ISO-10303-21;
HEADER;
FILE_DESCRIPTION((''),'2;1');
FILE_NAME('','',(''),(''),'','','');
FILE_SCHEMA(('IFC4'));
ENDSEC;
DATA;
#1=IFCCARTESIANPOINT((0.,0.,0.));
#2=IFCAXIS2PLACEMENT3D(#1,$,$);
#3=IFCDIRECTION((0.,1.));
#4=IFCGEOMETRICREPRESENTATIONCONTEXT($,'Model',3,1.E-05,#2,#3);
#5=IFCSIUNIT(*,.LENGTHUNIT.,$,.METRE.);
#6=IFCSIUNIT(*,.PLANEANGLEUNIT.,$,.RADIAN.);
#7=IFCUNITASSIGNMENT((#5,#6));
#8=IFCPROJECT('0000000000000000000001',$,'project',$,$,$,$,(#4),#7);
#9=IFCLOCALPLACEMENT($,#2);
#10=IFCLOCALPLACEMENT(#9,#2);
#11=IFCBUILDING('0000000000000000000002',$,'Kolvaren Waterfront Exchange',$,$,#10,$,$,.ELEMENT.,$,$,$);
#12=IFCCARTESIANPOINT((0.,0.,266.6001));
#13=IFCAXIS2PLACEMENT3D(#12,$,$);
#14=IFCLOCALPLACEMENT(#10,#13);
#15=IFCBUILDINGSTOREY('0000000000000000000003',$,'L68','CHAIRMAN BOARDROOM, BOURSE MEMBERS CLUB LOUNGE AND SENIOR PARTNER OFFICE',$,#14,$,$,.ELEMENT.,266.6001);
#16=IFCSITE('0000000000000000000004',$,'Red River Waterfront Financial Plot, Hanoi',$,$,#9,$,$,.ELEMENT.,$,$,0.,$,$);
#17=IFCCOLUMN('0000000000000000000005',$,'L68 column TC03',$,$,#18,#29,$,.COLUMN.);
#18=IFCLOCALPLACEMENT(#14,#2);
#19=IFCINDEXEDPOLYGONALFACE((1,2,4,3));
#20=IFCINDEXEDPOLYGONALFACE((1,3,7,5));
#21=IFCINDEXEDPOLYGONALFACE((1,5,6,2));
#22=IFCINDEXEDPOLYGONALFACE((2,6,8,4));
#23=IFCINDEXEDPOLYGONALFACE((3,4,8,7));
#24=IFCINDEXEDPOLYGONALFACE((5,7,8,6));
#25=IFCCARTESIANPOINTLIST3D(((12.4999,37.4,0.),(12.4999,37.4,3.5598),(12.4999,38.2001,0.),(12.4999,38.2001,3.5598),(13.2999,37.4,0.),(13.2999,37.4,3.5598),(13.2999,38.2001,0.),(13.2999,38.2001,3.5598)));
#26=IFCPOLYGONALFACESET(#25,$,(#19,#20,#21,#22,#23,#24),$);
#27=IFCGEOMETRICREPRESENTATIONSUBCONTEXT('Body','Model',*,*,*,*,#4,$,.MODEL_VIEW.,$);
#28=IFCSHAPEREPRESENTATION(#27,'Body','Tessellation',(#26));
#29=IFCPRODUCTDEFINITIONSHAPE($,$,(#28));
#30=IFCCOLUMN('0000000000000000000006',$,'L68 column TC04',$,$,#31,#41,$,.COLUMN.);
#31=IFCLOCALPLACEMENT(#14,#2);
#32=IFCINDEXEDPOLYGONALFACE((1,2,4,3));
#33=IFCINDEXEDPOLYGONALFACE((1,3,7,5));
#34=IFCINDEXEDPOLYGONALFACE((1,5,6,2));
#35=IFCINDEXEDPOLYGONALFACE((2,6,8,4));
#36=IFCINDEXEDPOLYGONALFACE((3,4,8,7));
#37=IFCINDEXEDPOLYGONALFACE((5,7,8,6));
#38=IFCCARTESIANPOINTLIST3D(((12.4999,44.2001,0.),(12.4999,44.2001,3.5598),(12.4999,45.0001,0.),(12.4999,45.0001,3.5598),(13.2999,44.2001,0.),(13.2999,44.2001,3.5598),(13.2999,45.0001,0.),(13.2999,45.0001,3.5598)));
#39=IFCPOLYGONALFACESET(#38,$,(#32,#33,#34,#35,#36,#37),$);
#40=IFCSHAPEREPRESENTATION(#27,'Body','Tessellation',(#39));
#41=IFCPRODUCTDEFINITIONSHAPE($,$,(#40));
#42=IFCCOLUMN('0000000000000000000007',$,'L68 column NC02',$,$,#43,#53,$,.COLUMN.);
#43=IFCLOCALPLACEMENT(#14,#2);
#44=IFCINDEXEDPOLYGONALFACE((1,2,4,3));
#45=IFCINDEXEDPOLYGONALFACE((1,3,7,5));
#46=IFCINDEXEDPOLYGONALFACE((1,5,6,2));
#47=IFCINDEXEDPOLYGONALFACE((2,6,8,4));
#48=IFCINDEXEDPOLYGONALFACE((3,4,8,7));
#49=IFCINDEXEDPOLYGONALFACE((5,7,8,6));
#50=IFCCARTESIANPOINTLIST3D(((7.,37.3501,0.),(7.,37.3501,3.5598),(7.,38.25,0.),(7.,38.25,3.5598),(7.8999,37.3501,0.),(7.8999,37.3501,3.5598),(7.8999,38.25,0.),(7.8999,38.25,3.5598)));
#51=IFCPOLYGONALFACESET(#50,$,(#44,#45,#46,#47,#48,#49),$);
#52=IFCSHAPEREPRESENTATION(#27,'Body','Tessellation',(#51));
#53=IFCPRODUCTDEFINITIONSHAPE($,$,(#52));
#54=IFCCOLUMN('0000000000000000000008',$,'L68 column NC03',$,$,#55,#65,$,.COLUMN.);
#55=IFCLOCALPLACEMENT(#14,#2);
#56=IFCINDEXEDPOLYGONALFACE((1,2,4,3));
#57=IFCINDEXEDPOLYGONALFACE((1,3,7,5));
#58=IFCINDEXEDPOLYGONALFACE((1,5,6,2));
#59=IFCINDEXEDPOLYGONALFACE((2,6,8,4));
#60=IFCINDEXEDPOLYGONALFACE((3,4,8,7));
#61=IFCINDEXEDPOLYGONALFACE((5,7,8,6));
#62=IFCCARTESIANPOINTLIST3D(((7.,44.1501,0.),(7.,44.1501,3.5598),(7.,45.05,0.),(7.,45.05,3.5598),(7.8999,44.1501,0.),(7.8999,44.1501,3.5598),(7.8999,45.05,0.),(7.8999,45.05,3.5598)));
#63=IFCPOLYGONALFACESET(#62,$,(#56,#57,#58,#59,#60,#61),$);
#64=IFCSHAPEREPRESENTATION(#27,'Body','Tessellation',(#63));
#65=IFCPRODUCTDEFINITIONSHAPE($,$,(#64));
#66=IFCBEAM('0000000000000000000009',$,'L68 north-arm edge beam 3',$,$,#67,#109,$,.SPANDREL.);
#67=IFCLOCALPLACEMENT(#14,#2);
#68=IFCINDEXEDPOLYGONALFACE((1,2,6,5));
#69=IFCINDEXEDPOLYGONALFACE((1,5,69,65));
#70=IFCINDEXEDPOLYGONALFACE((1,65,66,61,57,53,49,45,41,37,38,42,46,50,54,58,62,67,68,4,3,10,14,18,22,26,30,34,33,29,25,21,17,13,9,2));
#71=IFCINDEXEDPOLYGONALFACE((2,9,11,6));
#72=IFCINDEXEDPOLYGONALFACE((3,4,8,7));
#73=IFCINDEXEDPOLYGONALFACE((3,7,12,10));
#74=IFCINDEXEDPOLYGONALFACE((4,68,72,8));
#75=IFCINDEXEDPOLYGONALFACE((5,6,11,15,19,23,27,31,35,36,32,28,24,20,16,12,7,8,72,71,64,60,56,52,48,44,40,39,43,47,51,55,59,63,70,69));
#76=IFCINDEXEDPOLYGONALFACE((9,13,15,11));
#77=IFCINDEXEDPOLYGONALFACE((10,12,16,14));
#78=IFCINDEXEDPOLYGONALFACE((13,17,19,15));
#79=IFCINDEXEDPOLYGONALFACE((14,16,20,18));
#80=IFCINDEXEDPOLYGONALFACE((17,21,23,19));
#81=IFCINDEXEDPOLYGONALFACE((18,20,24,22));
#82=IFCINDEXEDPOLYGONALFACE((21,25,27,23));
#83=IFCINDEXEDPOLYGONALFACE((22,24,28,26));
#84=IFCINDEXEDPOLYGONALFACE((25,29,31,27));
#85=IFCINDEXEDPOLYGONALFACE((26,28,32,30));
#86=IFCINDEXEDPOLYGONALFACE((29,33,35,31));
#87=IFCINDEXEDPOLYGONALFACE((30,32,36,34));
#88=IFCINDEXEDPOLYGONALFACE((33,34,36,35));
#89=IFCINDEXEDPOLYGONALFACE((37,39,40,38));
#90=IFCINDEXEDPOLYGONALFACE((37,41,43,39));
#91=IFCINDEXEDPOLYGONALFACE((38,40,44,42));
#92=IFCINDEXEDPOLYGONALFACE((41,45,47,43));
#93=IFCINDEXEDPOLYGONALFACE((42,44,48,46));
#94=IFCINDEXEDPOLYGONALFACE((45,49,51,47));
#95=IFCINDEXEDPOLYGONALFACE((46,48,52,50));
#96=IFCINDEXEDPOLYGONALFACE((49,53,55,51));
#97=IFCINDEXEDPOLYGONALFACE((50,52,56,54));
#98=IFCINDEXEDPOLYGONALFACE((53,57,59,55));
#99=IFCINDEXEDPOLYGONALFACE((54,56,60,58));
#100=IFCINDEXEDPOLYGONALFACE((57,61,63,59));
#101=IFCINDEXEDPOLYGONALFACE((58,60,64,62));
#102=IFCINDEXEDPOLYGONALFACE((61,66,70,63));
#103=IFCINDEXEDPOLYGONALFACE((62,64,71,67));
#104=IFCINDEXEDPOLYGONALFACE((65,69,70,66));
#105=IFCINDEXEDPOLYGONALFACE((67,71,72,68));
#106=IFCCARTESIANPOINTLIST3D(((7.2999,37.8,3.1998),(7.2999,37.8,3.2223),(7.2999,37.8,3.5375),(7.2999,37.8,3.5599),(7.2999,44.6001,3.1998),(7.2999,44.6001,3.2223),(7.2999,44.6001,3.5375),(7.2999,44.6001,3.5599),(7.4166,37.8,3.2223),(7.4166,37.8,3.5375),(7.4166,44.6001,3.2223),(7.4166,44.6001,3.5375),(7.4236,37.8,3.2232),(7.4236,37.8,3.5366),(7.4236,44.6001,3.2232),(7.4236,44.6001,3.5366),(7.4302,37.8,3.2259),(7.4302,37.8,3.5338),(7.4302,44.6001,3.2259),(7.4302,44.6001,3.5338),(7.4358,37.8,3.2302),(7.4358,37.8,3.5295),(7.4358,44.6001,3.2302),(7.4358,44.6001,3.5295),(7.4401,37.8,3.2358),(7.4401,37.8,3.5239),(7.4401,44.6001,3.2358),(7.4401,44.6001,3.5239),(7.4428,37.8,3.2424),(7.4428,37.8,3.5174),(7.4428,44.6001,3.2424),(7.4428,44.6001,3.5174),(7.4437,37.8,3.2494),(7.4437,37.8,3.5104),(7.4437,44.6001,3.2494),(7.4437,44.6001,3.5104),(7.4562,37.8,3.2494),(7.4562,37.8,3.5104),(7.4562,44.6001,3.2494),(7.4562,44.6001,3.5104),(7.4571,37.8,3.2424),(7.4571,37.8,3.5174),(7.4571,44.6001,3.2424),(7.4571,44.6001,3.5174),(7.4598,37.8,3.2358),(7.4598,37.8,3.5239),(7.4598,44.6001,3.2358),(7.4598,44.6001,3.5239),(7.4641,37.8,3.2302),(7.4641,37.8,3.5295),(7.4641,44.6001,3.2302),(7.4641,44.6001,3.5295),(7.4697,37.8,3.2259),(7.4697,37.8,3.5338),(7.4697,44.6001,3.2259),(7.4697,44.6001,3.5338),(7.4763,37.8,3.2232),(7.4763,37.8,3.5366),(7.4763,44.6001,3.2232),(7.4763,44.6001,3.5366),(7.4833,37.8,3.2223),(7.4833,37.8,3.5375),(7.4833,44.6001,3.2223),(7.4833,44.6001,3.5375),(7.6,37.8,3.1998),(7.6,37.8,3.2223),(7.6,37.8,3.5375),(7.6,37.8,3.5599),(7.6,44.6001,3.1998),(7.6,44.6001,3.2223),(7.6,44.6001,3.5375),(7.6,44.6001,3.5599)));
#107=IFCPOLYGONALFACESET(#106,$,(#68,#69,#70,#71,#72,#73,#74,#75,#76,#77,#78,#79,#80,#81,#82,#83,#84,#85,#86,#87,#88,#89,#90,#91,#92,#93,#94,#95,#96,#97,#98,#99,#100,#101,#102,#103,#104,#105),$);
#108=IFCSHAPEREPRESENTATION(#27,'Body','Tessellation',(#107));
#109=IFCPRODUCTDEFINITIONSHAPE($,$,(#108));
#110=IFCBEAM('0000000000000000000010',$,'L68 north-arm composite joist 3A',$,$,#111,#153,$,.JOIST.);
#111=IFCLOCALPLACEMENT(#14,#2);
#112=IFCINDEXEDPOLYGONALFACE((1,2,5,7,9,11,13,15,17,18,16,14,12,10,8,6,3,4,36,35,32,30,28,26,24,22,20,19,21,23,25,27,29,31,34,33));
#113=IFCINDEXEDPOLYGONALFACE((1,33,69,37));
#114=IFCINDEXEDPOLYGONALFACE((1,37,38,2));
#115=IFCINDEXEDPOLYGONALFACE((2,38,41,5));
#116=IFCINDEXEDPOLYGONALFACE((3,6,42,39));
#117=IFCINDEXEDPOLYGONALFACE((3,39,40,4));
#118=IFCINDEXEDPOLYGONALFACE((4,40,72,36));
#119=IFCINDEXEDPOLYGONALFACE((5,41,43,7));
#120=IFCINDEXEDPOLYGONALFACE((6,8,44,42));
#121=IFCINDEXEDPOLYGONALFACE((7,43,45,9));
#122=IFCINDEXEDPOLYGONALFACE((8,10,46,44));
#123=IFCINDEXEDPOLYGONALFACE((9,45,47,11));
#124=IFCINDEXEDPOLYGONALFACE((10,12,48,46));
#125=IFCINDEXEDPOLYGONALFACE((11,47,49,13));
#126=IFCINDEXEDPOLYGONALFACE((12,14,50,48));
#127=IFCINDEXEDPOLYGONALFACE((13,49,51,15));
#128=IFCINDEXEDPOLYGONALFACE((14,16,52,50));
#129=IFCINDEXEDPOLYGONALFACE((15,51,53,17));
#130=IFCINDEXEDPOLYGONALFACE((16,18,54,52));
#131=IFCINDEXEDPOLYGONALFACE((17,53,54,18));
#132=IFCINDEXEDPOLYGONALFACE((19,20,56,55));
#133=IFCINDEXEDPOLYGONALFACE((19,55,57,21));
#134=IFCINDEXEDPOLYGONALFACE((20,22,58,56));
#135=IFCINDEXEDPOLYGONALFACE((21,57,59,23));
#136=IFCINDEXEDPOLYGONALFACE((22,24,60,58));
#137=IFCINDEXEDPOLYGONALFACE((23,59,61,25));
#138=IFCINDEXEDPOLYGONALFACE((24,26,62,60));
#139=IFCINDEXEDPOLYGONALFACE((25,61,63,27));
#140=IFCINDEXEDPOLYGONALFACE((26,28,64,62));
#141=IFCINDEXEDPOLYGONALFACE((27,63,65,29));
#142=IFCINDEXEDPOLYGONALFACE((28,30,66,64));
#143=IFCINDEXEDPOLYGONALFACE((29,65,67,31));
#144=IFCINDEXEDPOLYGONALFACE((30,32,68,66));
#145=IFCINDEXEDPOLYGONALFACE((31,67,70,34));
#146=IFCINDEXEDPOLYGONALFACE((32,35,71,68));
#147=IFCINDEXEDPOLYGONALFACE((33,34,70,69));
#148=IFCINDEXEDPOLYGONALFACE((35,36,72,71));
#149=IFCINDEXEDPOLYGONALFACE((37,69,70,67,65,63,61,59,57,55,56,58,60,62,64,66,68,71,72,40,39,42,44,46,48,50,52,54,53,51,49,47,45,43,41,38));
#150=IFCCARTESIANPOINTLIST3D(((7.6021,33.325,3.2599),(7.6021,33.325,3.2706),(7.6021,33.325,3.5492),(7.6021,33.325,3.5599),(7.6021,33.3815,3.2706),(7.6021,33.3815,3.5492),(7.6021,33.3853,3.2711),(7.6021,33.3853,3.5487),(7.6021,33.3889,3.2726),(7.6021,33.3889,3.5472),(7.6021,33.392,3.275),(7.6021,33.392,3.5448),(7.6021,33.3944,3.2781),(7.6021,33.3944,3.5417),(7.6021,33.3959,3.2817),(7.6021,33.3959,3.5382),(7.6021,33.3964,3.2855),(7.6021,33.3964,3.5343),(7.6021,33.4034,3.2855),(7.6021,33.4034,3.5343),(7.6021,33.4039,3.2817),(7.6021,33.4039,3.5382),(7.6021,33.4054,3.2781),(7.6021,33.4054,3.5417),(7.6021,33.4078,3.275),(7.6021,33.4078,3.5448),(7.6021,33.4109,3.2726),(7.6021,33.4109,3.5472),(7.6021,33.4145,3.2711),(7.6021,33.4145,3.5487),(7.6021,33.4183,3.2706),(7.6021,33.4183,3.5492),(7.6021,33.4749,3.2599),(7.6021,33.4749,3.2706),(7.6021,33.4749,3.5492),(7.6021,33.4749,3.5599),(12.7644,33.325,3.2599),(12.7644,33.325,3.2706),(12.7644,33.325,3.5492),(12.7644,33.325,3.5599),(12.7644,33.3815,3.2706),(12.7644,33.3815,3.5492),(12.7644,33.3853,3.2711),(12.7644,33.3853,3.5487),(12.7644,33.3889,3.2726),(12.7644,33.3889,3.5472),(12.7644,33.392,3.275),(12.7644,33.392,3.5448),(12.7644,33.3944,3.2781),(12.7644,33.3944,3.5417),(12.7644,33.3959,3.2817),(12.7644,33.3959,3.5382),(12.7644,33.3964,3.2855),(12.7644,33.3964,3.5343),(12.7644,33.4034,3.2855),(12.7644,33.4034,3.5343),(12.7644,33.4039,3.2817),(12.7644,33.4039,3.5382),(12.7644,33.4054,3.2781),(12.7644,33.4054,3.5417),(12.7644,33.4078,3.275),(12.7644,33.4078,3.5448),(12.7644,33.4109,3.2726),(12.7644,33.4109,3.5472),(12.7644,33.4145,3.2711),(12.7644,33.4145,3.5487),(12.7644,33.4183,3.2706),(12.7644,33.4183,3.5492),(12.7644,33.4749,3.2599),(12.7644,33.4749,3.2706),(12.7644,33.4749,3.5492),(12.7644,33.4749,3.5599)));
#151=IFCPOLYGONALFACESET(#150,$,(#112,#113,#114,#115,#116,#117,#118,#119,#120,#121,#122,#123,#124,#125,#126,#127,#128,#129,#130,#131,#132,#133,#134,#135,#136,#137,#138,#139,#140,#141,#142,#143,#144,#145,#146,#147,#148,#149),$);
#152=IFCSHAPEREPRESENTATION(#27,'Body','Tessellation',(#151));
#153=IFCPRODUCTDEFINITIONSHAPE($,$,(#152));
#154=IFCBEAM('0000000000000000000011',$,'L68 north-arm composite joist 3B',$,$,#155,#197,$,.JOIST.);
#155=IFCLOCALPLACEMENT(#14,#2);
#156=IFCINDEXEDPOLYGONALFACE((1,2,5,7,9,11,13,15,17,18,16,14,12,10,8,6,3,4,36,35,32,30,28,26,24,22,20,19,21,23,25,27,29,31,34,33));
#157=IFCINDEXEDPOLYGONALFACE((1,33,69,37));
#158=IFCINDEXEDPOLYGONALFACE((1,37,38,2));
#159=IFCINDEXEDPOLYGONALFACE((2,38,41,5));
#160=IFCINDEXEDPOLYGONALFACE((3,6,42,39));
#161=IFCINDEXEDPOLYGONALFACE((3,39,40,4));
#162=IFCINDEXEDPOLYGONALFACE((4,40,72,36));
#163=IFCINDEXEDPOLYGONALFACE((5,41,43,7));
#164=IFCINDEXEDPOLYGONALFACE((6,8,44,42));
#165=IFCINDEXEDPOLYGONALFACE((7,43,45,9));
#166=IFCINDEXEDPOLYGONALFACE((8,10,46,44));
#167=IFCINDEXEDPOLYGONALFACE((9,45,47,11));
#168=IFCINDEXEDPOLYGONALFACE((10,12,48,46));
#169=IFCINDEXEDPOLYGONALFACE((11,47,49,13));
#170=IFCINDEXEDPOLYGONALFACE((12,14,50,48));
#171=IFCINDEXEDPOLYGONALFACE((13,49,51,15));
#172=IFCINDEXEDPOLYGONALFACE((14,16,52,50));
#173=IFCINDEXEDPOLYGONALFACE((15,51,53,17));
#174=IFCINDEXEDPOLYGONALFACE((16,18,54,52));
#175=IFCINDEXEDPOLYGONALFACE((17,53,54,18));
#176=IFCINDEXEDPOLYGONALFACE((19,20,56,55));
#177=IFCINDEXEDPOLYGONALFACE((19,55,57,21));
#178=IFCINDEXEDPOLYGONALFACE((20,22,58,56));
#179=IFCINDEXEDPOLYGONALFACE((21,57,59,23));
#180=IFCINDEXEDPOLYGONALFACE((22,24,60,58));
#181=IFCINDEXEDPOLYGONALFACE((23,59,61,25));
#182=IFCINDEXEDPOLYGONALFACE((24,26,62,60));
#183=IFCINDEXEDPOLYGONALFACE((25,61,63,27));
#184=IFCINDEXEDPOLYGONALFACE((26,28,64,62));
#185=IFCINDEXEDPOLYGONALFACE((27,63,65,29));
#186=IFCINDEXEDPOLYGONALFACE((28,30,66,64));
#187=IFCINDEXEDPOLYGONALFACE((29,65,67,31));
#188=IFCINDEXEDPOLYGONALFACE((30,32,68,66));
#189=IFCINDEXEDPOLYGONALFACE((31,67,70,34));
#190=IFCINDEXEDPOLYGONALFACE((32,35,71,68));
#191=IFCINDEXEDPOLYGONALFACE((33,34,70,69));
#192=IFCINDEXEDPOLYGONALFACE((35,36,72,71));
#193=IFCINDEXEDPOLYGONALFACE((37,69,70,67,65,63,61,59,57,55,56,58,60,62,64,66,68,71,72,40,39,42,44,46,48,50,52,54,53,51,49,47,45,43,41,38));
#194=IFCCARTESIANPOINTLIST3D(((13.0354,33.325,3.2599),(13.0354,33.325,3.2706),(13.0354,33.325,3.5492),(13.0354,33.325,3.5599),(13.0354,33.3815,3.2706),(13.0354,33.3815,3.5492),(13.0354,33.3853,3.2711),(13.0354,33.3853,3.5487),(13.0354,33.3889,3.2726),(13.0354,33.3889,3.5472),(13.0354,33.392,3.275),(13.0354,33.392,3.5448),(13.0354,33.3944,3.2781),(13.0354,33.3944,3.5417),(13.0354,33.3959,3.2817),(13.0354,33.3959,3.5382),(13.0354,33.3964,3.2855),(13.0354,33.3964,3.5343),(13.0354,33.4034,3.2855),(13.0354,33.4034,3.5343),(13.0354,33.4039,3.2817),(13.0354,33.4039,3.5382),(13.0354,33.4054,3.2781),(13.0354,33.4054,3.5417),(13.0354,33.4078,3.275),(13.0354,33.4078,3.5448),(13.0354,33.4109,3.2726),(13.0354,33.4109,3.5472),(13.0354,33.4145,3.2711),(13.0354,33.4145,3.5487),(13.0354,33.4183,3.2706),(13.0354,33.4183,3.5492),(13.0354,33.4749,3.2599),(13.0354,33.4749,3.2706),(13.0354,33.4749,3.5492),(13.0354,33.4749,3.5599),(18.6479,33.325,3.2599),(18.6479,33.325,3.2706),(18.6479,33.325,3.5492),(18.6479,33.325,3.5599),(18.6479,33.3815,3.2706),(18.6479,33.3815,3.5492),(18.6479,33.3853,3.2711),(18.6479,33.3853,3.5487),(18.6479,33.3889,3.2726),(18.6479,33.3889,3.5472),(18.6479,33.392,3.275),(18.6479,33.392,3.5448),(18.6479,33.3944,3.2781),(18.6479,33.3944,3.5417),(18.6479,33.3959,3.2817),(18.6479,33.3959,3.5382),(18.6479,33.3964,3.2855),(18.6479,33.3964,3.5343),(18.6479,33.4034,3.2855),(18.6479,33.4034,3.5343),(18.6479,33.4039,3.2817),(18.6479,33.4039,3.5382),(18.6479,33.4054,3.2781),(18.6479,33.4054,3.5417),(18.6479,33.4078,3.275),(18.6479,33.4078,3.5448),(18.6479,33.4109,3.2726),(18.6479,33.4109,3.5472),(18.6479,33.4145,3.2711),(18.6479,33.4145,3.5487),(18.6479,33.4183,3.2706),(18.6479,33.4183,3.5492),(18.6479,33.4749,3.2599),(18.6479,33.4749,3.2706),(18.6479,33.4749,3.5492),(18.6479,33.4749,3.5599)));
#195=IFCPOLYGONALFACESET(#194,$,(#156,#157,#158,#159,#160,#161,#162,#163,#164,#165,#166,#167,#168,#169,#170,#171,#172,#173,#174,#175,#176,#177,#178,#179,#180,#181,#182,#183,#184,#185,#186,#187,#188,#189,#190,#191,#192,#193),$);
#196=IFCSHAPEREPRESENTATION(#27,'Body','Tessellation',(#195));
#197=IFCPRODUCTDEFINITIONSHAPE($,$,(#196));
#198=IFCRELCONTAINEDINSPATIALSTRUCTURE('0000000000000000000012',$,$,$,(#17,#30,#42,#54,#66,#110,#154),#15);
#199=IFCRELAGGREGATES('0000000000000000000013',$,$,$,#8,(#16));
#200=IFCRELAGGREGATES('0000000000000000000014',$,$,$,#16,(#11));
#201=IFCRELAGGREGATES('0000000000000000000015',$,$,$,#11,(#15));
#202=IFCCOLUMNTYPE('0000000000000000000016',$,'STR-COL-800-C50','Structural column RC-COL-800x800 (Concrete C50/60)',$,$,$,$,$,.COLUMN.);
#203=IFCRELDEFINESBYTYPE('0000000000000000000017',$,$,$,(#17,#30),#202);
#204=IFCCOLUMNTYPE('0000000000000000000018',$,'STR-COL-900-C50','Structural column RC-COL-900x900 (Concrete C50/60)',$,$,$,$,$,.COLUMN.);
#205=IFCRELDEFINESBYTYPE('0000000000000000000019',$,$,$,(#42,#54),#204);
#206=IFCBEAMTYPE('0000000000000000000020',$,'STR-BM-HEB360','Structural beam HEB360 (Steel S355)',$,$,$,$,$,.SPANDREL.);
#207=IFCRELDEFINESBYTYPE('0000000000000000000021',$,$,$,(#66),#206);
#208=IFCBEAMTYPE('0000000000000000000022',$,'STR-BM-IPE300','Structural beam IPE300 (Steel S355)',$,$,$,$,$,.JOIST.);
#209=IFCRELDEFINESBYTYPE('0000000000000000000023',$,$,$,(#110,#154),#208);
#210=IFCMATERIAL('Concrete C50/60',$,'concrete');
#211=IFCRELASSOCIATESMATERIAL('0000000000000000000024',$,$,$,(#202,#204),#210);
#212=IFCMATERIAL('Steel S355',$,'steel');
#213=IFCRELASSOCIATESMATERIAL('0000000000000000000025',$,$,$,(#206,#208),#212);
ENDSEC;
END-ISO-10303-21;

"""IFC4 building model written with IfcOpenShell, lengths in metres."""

from ifc_helpers import new_model, si_unit, direction, frame, origin, origin_2d, place, context, subcontext, project, spatial, rectangle, i_section, extrude, material, material_profile, profile_set, type_object, element, save


model = new_model("IFC4")

# Units and contexts
model_context = context("Model", 3, precision=1e-05, world=origin(), true_north=direction((0.0, 1.0)))
body_context = subcontext(model_context, "Body", "Model", "MODEL_VIEW")
ifc_project = project(units=[si_unit("LENGTHUNIT", "METRE"), si_unit("PLANEANGLEUNIT", "RADIAN")], contexts=[model_context])

# Site, building, storey
site_placement = place(None, origin())
site = spatial("IfcSite", under=ifc_project, at=site_placement, Name="Red River Waterfront Financial Plot, Hanoi", CompositionType="ELEMENT", RefElevation=0.0)
building_placement = place(site_placement, origin())
building = spatial("IfcBuilding", under=site, at=building_placement, Name="Kolvaren Waterfront Exchange", CompositionType="ELEMENT")
storey_placement = place(building_placement, frame((0.0, 0.0, 266.6001)))
storey = spatial("IfcBuildingStorey", under=building, at=storey_placement, Name="L68", Description="CHAIRMAN BOARDROOM, BOURSE MEMBERS CLUB LOUNGE AND SENIOR PARTNER OFFICE", CompositionType="ELEMENT", Elevation=266.6001)

# Columns
ifc_material_1 = material(Name="Concrete C50/60", Category="concrete")
ifc_material_profile_1 = material_profile(ifc_material_1, rectangle(XDim=0.8, YDim=0.8, at=origin_2d()), Name="RC-COL-800x800")
ifc_profile_set_1 = profile_set([ifc_material_profile_1], Name="Concrete C50/60")
column_type_1 = type_object("IfcColumnType", Name="STR-COL-800-C50", Description="Structural column RC-COL-800x800 (Concrete C50/60)", PredefinedType="COLUMN", material=ifc_profile_set_1)
for number, where, z_axis, x_axis, name in (
    (1, (12.8999, 37.8, 0.0), (0.0, 0.0, 1.0), (1.0, 0.0, 0.0), "L68 column TC03"),
    (2, (12.8999, 44.6001, 0.0), (0.0, 0.0, 1.0), (1.0, 0.0, 0.0), "L68 column TC04"),
):
    element("IfcColumn", number, at=place(storey_placement, frame(where, z_axis=z_axis, x_axis=x_axis)), inside=storey, type_object=column_type_1, Name=name, PredefinedType="COLUMN", context=body_context, shape_type="SweptSolid", body=[
        extrude(rectangle(XDim=0.8, YDim=0.8, at=origin_2d()), origin(), (0.0, 0.0, 1.0), 3.5598),
    ])
ifc_material_profile_2 = material_profile(ifc_material_1, rectangle(XDim=0.8999, YDim=0.8999, at=origin_2d()), Name="RC-COL-900x900")
ifc_profile_set_2 = profile_set([ifc_material_profile_2], Name="Concrete C50/60")
column_type_2 = type_object("IfcColumnType", Name="STR-COL-900-C50", Description="Structural column RC-COL-900x900 (Concrete C50/60)", PredefinedType="COLUMN", material=ifc_profile_set_2)
for number, where, z_axis, x_axis, name in (
    (3, (7.45, 37.8, 0.0), (0.0, 0.0, 1.0), (1.0, 0.0, 0.0), "L68 column NC02"),
    (4, (7.45, 44.6001, 0.0), (0.0, 0.0, 1.0), (1.0, 0.0, 0.0), "L68 column NC03"),
):
    element("IfcColumn", number, at=place(storey_placement, frame(where, z_axis=z_axis, x_axis=x_axis)), inside=storey, type_object=column_type_2, Name=name, PredefinedType="COLUMN", context=body_context, shape_type="SweptSolid", body=[
        extrude(rectangle(XDim=0.8999, YDim=0.8999, at=origin_2d()), origin(), (0.0, 0.0, 1.0), 3.5598),
    ])

# Beams
ifc_material_2 = material(Name="Steel S355", Category="steel")
ifc_material_profile_3 = material_profile(ifc_material_2, i_section(OverallWidth=0.3, OverallDepth=0.3601, WebThickness=0.0125, FlangeThickness=0.0225, FilletRadius=0.0271, at=origin_2d()), Name="HEB360")
ifc_profile_set_3 = profile_set([ifc_material_profile_3], Name="Steel S355")
beam_type_1 = type_object("IfcBeamType", Name="STR-BM-HEB360", Description="Structural beam HEB360 (Steel S355)", PredefinedType="SPANDREL", material=ifc_profile_set_3)
beam_1_placement = place(storey_placement, frame((7.45, 37.8, 3.3799), z_axis=(0.0, 1.0, 0.0), x_axis=(-1.0, 0.0, 0.0)))
element("IfcBeam", 5, at=beam_1_placement, inside=storey, type_object=beam_type_1, Name="L68 north-arm edge beam 3", PredefinedType="SPANDREL", context=body_context, shape_type="SweptSolid", body=[
    extrude(i_section(OverallWidth=0.3, OverallDepth=0.3601, WebThickness=0.0125, FlangeThickness=0.0225, FilletRadius=0.0271, at=origin_2d()), origin(), (0.0, 0.0, 1.0), 6.8),
])
ifc_material_profile_4 = material_profile(ifc_material_2, i_section(OverallWidth=0.1499, OverallDepth=0.3, WebThickness=0.0071, FlangeThickness=0.0107, FilletRadius=0.0149, at=origin_2d()), Name="IPE300")
ifc_profile_set_4 = profile_set([ifc_material_profile_4], Name="Steel S355")
beam_type_2 = type_object("IfcBeamType", Name="STR-BM-IPE300", Description="Structural beam IPE300 (Steel S355)", PredefinedType="JOIST", material=ifc_profile_set_4)
beam_2_placement = place(storey_placement, frame((7.6021, 33.3999, 3.4099), z_axis=(1.0, 0.0, 0.0), x_axis=(0.0, 1.0, 0.0)))
element("IfcBeam", 6, at=beam_2_placement, inside=storey, type_object=beam_type_2, Name="L68 north-arm composite joist 3A", PredefinedType="JOIST", context=body_context, shape_type="SweptSolid", body=[
    extrude(i_section(OverallWidth=0.1499, OverallDepth=0.3, WebThickness=0.0071, FlangeThickness=0.0107, FilletRadius=0.0149, at=origin_2d()), origin(), (0.0, 0.0, 1.0), 5.1624),
])
beam_3_placement = place(storey_placement, frame((13.0354, 33.3999, 3.4099), z_axis=(1.0, 0.0, 0.0), x_axis=(0.0, 1.0, 0.0)))
element("IfcBeam", 7, at=beam_3_placement, inside=storey, type_object=beam_type_2, Name="L68 north-arm composite joist 3B", PredefinedType="JOIST", context=body_context, shape_type="SweptSolid", body=[
    extrude(i_section(OverallWidth=0.1499, OverallDepth=0.3, WebThickness=0.0071, FlangeThickness=0.0107, FilletRadius=0.0149, at=origin_2d()), origin(), (0.0, 0.0, 1.0), 5.6125),
])

save(model, "model.ifc")
